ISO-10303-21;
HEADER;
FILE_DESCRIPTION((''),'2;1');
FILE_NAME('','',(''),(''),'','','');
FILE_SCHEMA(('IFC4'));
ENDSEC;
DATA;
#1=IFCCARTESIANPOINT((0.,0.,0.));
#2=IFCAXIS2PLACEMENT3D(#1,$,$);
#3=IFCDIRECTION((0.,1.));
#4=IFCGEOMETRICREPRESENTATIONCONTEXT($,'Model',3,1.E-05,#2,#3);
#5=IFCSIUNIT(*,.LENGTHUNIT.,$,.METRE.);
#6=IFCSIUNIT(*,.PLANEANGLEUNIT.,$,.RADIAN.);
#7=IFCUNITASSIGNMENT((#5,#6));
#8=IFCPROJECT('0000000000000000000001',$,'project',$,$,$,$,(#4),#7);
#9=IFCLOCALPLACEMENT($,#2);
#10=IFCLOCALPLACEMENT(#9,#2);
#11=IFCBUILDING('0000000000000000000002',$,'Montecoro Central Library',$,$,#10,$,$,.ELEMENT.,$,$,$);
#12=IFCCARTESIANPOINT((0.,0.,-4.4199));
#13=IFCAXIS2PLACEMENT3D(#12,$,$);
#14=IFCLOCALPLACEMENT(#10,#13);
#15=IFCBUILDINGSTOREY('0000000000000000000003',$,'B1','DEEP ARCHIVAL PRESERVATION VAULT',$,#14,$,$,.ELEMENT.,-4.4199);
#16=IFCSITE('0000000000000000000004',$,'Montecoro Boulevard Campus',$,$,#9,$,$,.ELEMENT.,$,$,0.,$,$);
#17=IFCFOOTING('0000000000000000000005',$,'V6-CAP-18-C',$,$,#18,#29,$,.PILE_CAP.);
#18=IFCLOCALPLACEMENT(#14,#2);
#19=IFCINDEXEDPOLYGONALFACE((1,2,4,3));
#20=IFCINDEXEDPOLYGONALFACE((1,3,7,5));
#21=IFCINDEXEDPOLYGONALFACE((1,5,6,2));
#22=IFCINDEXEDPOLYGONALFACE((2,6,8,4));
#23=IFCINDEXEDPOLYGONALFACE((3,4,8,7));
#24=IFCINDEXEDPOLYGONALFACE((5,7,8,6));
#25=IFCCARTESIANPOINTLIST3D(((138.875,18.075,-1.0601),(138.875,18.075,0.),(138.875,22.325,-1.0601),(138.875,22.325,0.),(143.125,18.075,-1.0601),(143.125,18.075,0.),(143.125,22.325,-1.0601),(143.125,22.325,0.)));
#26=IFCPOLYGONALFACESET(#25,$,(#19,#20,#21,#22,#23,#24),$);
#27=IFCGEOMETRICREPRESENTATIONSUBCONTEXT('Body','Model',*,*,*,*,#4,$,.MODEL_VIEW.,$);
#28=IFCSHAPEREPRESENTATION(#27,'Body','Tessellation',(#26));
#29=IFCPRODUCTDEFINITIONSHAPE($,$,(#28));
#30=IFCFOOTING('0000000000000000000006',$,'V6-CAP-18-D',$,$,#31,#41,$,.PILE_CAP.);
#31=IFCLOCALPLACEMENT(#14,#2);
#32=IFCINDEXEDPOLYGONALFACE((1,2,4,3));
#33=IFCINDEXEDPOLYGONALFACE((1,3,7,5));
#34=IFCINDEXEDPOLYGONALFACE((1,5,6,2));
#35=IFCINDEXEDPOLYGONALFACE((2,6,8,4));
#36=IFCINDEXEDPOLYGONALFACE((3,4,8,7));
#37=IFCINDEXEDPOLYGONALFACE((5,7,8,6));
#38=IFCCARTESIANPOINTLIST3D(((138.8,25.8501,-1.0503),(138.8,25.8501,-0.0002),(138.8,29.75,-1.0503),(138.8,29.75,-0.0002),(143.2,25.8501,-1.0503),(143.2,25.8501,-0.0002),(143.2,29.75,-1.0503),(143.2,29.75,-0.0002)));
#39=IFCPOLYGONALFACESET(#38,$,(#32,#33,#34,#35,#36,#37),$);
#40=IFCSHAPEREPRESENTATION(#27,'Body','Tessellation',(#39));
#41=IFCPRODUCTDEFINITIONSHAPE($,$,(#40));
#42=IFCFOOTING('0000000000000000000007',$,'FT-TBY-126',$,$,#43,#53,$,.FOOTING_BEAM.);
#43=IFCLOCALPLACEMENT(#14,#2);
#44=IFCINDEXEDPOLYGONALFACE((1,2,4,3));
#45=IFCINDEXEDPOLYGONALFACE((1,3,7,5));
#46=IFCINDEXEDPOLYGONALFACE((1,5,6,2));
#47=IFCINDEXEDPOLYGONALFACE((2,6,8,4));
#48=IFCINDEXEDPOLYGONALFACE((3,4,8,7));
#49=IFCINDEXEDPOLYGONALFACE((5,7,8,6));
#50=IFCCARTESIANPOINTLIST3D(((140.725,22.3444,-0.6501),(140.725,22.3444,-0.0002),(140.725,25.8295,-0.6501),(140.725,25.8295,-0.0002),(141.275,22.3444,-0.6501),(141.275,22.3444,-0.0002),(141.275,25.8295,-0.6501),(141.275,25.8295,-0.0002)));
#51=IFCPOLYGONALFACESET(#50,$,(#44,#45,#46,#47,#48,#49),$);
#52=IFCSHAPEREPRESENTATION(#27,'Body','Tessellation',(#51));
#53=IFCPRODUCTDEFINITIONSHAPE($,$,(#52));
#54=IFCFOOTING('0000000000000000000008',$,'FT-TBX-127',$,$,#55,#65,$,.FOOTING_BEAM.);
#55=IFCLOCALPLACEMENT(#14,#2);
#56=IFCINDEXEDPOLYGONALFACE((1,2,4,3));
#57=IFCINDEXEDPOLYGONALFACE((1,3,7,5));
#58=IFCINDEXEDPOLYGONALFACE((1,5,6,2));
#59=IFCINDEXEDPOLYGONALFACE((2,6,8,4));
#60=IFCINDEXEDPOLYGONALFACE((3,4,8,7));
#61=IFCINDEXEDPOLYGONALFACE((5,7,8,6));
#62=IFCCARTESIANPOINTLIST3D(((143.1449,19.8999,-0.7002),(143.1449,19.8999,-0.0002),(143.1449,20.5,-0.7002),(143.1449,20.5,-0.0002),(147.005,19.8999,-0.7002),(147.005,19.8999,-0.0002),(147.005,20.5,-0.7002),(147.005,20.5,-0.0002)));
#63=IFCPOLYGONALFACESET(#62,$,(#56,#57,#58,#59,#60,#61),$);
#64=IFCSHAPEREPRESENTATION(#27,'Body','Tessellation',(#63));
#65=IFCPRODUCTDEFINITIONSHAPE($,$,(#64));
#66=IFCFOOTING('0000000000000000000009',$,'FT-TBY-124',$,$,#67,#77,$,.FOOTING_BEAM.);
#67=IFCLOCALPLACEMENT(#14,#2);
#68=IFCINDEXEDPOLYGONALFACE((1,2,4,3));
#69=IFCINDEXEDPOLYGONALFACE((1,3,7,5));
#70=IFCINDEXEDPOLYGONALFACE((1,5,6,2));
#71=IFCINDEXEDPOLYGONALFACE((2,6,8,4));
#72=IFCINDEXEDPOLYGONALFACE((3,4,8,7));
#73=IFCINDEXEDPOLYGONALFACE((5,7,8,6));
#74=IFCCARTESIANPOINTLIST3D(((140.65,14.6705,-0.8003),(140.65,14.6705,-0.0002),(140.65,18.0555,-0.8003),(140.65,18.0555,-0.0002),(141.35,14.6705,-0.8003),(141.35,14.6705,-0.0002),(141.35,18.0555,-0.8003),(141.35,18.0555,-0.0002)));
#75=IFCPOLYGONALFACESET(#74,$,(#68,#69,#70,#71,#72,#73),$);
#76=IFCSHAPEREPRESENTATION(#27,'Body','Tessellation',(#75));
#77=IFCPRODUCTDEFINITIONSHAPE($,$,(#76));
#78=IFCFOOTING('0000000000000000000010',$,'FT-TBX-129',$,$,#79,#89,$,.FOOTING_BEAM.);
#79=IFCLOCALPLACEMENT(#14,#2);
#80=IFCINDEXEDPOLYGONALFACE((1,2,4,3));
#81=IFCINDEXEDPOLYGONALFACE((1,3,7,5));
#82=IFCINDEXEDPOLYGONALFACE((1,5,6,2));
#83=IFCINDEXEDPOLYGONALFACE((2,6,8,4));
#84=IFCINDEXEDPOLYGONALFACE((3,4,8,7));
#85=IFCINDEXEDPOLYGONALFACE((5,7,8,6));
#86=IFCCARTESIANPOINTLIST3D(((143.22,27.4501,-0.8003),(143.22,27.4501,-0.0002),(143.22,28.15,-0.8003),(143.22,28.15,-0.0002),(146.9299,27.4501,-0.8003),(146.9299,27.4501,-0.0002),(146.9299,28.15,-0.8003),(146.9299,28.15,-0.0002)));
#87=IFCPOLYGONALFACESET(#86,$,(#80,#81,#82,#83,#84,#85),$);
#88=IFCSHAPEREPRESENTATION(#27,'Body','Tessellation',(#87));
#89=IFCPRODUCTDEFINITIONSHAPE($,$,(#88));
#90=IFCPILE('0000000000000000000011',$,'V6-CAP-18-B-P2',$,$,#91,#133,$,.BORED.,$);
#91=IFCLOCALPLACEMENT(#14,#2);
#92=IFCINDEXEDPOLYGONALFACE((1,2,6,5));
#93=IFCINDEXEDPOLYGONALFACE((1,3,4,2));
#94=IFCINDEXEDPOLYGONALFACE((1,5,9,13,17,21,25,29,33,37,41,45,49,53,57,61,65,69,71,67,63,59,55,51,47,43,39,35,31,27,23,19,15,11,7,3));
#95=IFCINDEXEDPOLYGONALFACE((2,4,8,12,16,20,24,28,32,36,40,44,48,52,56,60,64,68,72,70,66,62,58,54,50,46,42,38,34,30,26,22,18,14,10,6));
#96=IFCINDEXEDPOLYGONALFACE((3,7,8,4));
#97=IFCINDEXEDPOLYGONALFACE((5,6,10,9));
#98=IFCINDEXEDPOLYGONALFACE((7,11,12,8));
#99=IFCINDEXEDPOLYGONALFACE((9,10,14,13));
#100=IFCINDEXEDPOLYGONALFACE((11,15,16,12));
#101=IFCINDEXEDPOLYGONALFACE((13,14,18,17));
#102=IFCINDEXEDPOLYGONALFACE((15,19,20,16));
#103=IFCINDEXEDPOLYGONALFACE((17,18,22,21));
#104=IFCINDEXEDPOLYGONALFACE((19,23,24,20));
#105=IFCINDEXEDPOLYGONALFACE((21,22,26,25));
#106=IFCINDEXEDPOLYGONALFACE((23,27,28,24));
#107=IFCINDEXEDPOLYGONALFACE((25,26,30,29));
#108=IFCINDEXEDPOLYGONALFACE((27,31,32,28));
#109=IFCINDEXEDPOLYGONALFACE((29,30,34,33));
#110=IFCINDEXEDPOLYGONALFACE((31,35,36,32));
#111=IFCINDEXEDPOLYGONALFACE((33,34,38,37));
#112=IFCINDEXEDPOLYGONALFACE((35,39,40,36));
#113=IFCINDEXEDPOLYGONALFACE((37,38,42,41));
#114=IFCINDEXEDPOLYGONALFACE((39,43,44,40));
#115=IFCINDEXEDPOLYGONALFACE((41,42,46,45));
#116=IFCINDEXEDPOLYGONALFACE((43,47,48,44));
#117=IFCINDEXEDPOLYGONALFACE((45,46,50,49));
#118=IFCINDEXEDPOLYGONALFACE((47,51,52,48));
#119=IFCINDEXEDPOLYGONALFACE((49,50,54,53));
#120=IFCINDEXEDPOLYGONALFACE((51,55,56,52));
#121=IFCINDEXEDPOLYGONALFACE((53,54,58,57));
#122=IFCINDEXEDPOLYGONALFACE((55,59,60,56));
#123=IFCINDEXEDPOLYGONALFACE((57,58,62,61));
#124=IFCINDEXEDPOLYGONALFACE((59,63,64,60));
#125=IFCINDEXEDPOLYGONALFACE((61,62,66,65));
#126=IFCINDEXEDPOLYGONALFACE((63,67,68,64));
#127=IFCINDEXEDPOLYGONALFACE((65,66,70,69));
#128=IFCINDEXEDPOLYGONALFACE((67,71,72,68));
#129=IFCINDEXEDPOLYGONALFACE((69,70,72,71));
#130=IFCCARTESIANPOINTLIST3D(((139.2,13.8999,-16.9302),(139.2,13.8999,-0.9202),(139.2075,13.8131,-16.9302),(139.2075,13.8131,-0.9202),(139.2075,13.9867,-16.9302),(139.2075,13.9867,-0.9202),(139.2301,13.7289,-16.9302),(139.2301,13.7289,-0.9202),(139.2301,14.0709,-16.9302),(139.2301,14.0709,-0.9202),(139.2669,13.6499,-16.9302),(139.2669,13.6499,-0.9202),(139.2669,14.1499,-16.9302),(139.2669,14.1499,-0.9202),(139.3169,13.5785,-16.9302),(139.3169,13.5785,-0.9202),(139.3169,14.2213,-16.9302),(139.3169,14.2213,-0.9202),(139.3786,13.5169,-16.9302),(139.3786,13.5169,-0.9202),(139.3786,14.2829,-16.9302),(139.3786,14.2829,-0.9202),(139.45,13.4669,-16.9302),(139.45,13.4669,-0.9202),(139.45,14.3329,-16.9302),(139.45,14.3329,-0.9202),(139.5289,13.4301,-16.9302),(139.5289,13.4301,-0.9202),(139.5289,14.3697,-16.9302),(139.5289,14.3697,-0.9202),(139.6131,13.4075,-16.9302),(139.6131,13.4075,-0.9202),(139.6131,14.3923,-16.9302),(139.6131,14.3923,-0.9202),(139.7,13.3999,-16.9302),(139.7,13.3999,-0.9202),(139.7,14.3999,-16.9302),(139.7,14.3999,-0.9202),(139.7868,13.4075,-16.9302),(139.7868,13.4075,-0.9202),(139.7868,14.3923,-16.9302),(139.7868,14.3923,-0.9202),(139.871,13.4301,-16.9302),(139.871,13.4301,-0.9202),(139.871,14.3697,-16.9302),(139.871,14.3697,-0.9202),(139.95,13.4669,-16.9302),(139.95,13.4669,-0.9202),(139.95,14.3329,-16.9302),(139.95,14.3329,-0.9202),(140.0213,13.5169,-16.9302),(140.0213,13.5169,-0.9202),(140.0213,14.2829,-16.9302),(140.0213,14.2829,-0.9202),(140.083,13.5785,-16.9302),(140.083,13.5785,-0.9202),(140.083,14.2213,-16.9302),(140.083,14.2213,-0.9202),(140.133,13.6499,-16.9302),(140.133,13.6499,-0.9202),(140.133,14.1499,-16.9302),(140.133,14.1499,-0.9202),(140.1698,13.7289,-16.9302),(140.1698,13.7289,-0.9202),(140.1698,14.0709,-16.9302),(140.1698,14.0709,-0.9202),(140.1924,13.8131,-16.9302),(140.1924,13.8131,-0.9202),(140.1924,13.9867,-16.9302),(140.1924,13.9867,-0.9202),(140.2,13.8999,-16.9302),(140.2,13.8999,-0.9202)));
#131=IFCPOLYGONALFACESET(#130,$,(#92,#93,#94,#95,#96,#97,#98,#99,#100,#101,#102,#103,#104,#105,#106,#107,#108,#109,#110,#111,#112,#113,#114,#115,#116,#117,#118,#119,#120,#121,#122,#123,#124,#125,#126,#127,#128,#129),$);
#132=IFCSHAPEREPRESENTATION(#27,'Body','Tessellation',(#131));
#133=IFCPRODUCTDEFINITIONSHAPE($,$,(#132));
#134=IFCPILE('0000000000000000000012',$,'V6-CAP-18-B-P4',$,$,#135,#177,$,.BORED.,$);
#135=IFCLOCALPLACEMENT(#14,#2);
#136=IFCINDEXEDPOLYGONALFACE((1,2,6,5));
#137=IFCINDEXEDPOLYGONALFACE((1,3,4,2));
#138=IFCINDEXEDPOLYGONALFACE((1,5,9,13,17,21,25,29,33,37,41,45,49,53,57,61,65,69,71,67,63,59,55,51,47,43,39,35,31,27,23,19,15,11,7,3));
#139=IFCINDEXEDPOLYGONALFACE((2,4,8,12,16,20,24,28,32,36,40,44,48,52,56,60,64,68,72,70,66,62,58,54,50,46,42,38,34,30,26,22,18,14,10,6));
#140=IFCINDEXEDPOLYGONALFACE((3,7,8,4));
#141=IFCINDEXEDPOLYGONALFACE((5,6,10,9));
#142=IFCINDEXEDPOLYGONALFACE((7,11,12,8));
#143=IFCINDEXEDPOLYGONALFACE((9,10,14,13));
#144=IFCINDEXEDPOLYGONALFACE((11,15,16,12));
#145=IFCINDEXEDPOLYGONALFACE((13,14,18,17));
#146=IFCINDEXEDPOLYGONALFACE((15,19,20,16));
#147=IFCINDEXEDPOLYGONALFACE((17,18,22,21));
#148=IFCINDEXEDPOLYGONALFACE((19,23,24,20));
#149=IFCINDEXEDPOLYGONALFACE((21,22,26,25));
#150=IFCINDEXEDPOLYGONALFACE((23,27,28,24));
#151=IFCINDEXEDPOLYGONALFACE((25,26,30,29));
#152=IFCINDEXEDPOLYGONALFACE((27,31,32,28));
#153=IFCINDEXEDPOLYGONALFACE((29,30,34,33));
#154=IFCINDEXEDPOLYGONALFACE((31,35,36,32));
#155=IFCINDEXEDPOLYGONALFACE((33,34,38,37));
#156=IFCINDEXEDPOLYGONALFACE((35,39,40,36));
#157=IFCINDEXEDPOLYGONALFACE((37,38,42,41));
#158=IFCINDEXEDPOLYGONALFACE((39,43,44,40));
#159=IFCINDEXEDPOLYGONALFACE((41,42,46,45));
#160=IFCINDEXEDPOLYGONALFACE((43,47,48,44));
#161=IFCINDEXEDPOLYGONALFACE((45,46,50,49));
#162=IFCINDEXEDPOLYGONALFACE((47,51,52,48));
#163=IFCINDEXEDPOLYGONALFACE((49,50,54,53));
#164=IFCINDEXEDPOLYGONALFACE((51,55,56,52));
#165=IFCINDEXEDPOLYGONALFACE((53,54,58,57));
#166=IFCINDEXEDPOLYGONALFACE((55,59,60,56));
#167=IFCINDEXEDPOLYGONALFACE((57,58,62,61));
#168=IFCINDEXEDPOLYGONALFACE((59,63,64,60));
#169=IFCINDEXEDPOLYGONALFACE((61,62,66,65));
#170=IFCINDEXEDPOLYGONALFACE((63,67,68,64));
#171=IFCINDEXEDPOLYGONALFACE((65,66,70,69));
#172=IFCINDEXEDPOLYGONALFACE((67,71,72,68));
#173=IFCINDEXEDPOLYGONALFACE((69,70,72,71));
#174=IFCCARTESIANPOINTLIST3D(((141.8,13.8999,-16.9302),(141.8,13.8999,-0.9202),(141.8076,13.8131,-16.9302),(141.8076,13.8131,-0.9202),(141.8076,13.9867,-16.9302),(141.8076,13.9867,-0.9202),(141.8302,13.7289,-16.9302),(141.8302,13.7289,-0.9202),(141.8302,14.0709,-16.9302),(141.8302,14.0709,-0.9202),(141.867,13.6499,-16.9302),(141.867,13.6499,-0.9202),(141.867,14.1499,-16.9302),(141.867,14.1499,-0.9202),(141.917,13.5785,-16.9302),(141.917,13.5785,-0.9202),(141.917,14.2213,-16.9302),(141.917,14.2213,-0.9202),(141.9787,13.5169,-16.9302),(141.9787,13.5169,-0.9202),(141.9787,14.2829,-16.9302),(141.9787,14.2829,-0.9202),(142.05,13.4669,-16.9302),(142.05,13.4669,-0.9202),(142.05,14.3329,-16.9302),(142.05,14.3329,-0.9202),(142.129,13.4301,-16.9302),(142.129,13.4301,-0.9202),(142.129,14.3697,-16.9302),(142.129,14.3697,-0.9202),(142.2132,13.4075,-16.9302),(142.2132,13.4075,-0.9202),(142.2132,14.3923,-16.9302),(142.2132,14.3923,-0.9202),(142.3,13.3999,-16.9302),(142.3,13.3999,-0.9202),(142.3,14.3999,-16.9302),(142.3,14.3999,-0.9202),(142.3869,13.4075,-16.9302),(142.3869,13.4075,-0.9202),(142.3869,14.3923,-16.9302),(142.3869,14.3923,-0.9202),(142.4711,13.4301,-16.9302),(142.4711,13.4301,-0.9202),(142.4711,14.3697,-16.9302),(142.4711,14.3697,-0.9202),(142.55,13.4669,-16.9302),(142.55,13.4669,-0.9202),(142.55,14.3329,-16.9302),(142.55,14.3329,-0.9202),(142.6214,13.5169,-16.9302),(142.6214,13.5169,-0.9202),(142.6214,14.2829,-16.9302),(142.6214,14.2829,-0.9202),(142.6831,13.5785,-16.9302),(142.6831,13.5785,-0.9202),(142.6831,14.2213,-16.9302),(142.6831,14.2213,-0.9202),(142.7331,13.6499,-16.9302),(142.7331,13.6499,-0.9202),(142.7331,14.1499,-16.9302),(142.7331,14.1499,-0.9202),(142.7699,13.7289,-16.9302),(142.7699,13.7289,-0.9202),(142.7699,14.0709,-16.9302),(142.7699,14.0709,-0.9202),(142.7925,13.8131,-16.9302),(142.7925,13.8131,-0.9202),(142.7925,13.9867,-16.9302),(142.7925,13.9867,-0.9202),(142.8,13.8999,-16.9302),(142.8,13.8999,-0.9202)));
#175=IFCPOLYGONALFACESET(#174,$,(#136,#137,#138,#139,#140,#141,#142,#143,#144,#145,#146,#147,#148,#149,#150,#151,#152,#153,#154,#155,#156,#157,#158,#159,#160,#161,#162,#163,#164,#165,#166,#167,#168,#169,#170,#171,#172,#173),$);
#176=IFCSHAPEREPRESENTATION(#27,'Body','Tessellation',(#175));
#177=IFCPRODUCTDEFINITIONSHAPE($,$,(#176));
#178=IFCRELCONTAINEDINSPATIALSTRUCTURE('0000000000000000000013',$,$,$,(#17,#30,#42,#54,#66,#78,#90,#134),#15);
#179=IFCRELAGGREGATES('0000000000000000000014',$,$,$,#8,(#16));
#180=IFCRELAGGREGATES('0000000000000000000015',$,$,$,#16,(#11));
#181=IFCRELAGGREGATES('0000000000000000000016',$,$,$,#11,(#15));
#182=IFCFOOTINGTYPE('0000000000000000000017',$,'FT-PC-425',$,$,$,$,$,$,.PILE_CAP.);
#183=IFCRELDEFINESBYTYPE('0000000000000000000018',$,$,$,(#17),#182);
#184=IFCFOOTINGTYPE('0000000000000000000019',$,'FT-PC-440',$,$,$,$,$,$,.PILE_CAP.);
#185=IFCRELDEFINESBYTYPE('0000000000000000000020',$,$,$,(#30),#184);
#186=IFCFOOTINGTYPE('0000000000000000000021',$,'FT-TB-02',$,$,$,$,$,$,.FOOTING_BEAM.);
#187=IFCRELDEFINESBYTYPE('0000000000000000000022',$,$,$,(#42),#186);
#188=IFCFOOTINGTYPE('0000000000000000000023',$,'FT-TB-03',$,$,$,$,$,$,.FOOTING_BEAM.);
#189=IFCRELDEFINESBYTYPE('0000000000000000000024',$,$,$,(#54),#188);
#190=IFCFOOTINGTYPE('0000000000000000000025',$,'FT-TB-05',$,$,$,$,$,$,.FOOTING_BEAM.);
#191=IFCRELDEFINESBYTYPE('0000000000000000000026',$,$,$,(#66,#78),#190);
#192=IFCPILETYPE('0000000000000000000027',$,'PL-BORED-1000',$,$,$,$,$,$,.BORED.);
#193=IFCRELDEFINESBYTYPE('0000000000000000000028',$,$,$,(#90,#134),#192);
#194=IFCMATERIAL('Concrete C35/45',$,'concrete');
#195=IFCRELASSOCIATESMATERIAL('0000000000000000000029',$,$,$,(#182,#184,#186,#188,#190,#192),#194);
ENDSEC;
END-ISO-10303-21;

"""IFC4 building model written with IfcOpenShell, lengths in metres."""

from ifc_helpers import new_model, si_unit, direction, frame, origin, origin_2d, place, context, subcontext, project, spatial, rectangle, circle, extrude, material, material_profile, profile_set, type_object, element, save


model = new_model("IFC4")

# Units and contexts
model_context = context("Model", 3, precision=1e-05, world=origin(), true_north=direction((0.0, 1.0)))
body_context = subcontext(model_context, "Body", "Model", "MODEL_VIEW")
ifc_project = project(units=[si_unit("LENGTHUNIT", "METRE"), si_unit("PLANEANGLEUNIT", "RADIAN")], contexts=[model_context])

# Site, building, storey
site_placement = place(None, origin())
site = spatial("IfcSite", under=ifc_project, at=site_placement, Name="Montecoro Boulevard Campus", CompositionType="ELEMENT", RefElevation=0.0)
building_placement = place(site_placement, origin())
building = spatial("IfcBuilding", under=site, at=building_placement, Name="Montecoro Central Library", CompositionType="ELEMENT")
storey_placement = place(building_placement, frame((0.0, 0.0, -4.4199)))
storey = spatial("IfcBuildingStorey", under=building, at=storey_placement, Name="B1", Description="DEEP ARCHIVAL PRESERVATION VAULT", CompositionType="ELEMENT", Elevation=-4.4199)

# Footings
ifc_material_1 = material(Name="Concrete C35/45", Category="concrete")
footing_type_1 = type_object("IfcFootingType", Name="FT-PC-425", PredefinedType="PILE_CAP", material=ifc_material_1)
footing_1_placement = place(storey_placement, frame((141.0, 20.2, -1.0601), z_axis=(0.0, 0.0, 1.0), x_axis=(1.0, 0.0, 0.0)))
element("IfcFooting", 1, at=footing_1_placement, inside=storey, type_object=footing_type_1, Name="V6-CAP-18-C", PredefinedType="PILE_CAP", context=body_context, shape_type="SweptSolid", body=[
    extrude(rectangle(XDim=4.25, YDim=4.25, at=origin_2d()), origin(), (0.0, 0.0, 1.0), 1.0601),
])
footing_type_2 = type_object("IfcFootingType", Name="FT-PC-440", PredefinedType="PILE_CAP", material=ifc_material_1)
footing_2_placement = place(storey_placement, frame((141.0, 27.8, -1.0503), z_axis=(0.0, 0.0, 1.0), x_axis=(1.0, 0.0, 0.0)))
element("IfcFooting", 2, at=footing_2_placement, inside=storey, type_object=footing_type_2, Name="V6-CAP-18-D", PredefinedType="PILE_CAP", context=body_context, shape_type="SweptSolid", body=[
    extrude(rectangle(XDim=4.3999, YDim=3.8999, at=origin_2d()), origin(), (0.0, 0.0, 1.0), 1.05),
])
footing_type_3 = type_object("IfcFootingType", Name="FT-TB-02", PredefinedType="FOOTING_BEAM", material=ifc_material_1)
footing_3_placement = place(storey_placement, frame((141.0, 24.0869, -0.6501), z_axis=(0.0, 0.0, 1.0), x_axis=(1.0, 0.0, 0.0)))
element("IfcFooting", 3, at=footing_3_placement, inside=storey, type_object=footing_type_3, Name="FT-TBY-126", PredefinedType="FOOTING_BEAM", context=body_context, shape_type="SweptSolid", body=[
    extrude(rectangle(XDim=0.55, YDim=3.4851, at=origin_2d()), origin(), (0.0, 0.0, 1.0), 0.6499),
])
footing_type_4 = type_object("IfcFootingType", Name="FT-TB-03", PredefinedType="FOOTING_BEAM", material=ifc_material_1)
footing_4_placement = place(storey_placement, frame((145.075, 20.2, -0.7002), z_axis=(0.0, 0.0, 1.0), x_axis=(1.0, 0.0, 0.0)))
element("IfcFooting", 4, at=footing_4_placement, inside=storey, type_object=footing_type_4, Name="FT-TBX-127", PredefinedType="FOOTING_BEAM", context=body_context, shape_type="SweptSolid", body=[
    extrude(rectangle(XDim=3.8601, YDim=0.6001, at=origin_2d()), origin(), (0.0, 0.0, 1.0), 0.7),
])
footing_type_5 = type_object("IfcFootingType", Name="FT-TB-05", PredefinedType="FOOTING_BEAM", material=ifc_material_1)
footing_5_placement = place(storey_placement, frame((141.0, 16.363, -0.8003), z_axis=(0.0, 0.0, 1.0), x_axis=(1.0, 0.0, 0.0)))
element("IfcFooting", 5, at=footing_5_placement, inside=storey, type_object=footing_type_5, Name="FT-TBY-124", PredefinedType="FOOTING_BEAM", context=body_context, shape_type="SweptSolid", body=[
    extrude(rectangle(XDim=0.7, YDim=3.385, at=origin_2d()), origin(), (0.0, 0.0, 1.0), 0.8),
])
footing_6_placement = place(storey_placement, frame((145.075, 27.8, -0.8003), z_axis=(0.0, 0.0, 1.0), x_axis=(1.0, 0.0, 0.0)))
element("IfcFooting", 6, at=footing_6_placement, inside=storey, type_object=footing_type_5, Name="FT-TBX-129", PredefinedType="FOOTING_BEAM", context=body_context, shape_type="SweptSolid", body=[
    extrude(rectangle(XDim=3.71, YDim=0.7, at=origin_2d()), origin(), (0.0, 0.0, 1.0), 0.8),
])

# Piles
ifc_material_profile_1 = material_profile(ifc_material_1, circle(Radius=0.5, at=origin_2d()), Name="PILE D1000")
ifc_profile_set_1 = profile_set([ifc_material_profile_1], Name="Concrete C35/45")
pile_type_1 = type_object("IfcPileType", Name="PL-BORED-1000", PredefinedType="BORED", material=ifc_profile_set_1)
for number, where, z_axis, x_axis, name in (
    (7, (139.7, 13.8999, -0.9202), (0.0, 0.0, -1.0), (1.0, 0.0, 0.0), "V6-CAP-18-B-P2"),
    (8, (142.3, 13.8999, -0.9202), (0.0, 0.0, -1.0), (1.0, 0.0, 0.0), "V6-CAP-18-B-P4"),
):
    element("IfcPile", number, at=place(storey_placement, frame(where, z_axis=z_axis, x_axis=x_axis)), inside=storey, type_object=pile_type_1, Name=name, PredefinedType="BORED", context=body_context, shape_type="SweptSolid", body=[
        extrude(circle(Radius=0.5, at=origin_2d()), origin(), (0.0, 0.0, 1.0), 16.01),
    ])

save(model, "model.ifc")
